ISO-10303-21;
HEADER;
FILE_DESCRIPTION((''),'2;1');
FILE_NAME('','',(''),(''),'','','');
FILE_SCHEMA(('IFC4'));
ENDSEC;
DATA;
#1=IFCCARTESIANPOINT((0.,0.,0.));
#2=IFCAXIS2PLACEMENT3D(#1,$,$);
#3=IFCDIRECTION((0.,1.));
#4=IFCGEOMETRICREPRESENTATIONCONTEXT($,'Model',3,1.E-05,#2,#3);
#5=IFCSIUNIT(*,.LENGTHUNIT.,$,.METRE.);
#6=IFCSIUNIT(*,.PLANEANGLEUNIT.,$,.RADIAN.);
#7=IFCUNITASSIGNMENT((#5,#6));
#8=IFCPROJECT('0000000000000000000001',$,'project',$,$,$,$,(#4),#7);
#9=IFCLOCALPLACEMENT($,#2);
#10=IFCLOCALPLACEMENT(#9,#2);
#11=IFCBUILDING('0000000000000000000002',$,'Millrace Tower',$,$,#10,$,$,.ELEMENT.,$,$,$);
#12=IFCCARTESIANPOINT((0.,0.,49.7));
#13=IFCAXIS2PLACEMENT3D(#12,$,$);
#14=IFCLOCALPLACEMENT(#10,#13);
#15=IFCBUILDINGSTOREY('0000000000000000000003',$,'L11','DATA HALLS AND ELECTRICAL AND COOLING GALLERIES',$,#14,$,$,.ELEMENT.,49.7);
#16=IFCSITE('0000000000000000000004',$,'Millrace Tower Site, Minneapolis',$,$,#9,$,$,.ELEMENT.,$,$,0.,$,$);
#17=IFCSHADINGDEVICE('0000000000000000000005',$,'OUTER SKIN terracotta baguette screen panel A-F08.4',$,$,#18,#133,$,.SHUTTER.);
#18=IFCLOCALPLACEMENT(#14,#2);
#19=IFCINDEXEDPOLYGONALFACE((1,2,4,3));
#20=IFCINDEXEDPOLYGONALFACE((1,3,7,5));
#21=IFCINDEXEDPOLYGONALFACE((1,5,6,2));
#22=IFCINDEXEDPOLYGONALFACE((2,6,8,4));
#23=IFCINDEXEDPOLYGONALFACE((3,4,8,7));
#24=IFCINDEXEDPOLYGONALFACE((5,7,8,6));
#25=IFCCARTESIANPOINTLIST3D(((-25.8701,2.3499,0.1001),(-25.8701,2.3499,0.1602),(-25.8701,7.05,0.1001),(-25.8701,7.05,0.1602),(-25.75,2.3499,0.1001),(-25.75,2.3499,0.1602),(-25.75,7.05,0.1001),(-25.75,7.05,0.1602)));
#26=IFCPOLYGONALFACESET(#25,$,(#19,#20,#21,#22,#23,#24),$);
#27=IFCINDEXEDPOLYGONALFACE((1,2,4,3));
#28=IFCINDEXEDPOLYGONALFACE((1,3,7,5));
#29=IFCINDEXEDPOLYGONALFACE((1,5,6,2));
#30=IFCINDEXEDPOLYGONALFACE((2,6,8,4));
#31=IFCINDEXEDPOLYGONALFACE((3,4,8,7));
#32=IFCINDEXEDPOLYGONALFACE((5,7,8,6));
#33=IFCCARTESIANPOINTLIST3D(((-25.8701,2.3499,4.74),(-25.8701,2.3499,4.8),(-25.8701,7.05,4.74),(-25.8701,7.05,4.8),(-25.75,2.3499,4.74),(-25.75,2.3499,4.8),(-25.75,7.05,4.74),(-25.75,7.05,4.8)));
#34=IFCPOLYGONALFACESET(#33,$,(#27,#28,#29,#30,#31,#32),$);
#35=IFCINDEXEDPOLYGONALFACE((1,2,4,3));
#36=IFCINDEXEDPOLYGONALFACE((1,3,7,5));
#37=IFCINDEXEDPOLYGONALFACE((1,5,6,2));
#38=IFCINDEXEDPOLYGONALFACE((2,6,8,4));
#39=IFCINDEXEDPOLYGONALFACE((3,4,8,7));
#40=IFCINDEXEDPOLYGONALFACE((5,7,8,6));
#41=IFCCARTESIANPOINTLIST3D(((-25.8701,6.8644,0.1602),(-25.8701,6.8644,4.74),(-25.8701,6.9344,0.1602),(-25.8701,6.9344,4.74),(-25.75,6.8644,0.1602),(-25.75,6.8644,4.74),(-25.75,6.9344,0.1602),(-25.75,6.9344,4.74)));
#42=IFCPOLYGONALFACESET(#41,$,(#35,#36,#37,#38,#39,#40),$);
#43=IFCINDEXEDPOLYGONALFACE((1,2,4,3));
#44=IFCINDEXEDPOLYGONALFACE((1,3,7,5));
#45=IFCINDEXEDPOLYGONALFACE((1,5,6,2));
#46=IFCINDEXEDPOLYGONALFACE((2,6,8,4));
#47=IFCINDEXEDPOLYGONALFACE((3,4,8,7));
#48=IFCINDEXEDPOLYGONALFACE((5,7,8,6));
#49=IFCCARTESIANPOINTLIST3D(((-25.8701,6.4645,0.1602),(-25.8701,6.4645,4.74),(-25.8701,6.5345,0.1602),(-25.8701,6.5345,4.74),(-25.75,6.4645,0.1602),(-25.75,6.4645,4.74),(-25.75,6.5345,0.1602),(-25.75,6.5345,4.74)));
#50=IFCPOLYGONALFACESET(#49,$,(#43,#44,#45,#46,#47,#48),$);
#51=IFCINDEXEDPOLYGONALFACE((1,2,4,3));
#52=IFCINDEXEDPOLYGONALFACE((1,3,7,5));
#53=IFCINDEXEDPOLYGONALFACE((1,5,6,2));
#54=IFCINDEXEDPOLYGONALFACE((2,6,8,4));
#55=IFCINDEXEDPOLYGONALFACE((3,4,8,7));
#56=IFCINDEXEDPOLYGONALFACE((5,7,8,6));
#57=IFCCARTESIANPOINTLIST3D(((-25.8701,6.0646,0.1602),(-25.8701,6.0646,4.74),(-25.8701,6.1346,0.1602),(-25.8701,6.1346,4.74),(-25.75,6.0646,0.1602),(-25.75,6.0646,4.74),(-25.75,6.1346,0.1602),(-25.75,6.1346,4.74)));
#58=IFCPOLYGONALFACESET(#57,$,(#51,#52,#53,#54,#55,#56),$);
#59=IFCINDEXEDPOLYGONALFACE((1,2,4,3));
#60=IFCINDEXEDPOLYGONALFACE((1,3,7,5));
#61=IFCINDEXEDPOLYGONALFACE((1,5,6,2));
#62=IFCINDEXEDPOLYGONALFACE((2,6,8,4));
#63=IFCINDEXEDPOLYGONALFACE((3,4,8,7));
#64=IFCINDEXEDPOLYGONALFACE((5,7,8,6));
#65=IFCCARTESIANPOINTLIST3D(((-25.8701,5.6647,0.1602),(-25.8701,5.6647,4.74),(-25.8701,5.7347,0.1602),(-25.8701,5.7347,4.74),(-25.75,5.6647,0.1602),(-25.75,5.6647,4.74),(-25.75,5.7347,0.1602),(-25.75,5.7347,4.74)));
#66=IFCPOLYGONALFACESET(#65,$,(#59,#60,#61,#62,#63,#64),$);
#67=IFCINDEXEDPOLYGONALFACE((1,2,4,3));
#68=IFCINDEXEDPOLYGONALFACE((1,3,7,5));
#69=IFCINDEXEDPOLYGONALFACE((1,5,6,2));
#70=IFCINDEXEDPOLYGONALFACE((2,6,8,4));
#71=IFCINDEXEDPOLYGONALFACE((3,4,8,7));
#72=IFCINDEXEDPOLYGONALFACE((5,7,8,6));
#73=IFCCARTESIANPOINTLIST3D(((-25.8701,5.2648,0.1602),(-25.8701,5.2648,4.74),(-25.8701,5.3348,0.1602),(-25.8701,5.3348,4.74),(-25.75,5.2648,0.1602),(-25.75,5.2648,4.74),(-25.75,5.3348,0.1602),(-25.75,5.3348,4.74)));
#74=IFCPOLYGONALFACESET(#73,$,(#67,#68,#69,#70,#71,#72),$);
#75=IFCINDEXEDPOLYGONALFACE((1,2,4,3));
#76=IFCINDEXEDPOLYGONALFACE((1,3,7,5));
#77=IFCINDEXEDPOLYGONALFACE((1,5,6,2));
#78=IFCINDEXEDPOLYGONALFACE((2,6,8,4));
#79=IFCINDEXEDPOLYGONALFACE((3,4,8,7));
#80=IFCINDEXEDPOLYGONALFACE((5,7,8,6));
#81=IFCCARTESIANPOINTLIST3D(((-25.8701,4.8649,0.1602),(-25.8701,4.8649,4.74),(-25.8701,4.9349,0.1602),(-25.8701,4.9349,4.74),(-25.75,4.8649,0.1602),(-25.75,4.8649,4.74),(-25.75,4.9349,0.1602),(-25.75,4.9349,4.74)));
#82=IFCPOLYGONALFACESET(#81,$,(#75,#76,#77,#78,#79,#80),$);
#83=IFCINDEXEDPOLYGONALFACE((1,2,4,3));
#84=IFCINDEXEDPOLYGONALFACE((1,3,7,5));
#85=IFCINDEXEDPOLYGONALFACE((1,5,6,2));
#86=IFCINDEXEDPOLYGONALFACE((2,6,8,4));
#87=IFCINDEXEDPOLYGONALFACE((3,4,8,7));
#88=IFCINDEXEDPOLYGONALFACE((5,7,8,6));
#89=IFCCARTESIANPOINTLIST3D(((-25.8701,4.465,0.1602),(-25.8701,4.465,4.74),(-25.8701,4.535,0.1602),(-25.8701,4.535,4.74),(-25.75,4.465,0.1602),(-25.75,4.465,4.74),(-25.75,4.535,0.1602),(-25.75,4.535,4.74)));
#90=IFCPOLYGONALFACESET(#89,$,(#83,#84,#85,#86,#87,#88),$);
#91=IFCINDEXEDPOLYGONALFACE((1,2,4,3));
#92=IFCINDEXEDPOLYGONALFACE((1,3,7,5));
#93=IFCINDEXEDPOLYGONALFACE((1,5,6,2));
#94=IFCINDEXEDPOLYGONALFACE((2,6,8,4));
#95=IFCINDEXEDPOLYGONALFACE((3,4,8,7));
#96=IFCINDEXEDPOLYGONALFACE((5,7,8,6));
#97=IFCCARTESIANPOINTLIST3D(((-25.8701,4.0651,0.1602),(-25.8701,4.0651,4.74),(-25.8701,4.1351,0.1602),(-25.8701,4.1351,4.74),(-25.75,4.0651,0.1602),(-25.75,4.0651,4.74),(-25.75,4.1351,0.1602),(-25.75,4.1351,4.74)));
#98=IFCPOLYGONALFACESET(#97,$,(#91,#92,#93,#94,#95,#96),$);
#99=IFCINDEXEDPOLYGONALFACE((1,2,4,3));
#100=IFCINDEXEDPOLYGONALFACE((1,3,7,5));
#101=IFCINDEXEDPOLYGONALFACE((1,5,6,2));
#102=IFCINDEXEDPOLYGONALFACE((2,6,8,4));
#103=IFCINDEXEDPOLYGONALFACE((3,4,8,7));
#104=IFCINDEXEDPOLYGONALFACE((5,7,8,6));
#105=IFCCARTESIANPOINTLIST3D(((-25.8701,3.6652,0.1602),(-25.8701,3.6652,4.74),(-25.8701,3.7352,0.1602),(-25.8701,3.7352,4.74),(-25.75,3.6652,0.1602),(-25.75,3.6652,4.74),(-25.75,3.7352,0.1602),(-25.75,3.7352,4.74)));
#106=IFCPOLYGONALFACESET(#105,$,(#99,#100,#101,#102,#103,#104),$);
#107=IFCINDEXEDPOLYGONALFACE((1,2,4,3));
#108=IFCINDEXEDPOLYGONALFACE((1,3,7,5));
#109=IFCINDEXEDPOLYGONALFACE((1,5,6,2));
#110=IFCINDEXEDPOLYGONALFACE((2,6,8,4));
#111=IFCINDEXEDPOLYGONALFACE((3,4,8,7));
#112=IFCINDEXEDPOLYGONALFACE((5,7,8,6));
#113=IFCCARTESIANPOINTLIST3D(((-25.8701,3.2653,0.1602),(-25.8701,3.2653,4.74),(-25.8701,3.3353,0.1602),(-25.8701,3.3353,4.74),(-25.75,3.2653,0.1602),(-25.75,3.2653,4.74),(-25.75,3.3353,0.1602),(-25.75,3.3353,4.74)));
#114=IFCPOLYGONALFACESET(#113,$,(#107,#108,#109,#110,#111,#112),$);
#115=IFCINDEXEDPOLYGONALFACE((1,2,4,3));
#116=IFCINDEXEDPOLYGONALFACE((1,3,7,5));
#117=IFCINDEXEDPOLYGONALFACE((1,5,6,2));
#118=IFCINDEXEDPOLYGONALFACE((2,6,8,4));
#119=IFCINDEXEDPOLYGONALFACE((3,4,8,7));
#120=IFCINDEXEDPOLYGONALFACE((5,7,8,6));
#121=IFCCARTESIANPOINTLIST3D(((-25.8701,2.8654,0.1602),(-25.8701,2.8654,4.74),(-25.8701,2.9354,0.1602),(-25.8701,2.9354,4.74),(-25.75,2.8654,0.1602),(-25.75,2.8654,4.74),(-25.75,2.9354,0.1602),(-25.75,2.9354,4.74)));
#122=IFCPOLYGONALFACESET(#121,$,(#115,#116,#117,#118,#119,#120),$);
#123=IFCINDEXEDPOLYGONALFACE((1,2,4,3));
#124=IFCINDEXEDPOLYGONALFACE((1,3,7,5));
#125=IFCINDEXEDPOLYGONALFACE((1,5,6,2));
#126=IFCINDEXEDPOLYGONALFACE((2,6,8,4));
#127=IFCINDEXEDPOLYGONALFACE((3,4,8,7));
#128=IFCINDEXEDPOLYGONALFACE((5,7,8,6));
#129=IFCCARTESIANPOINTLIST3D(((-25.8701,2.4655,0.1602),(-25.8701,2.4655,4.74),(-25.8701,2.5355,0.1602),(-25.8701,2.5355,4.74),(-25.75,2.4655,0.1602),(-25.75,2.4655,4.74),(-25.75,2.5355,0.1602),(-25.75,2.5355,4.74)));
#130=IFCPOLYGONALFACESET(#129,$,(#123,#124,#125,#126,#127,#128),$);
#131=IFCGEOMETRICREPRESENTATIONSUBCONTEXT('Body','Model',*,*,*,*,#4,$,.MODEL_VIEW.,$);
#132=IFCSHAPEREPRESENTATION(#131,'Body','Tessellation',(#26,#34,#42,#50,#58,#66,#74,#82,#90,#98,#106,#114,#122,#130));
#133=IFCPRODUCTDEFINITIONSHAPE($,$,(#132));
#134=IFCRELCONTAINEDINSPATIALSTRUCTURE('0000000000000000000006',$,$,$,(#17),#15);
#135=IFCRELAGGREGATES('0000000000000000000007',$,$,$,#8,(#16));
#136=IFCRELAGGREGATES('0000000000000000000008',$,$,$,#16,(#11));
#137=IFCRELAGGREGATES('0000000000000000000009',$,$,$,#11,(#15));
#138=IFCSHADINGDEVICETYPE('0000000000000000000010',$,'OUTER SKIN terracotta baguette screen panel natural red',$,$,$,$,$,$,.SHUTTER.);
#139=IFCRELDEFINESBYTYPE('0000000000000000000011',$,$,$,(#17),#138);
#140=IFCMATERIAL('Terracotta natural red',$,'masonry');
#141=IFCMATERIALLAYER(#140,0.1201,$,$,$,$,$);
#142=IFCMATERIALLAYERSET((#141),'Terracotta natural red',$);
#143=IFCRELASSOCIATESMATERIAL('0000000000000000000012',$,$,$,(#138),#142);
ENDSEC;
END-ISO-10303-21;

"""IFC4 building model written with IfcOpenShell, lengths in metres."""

from ifc_helpers import new_model, entity, si_unit, direction, frame, frame_2d, origin, place, context, subcontext, project, spatial, rectangle, extrude, source, transform, mapped, material, layer, layer_set, type_object, element, save


model = new_model("IFC4")

# Units and contexts
model_context = context("Model", 3, precision=1e-05, world=origin(), true_north=direction((0.0, 1.0)))
body_context = subcontext(model_context, "Body", "Model", "MODEL_VIEW")
ifc_project = project(units=[si_unit("LENGTHUNIT", "METRE"), si_unit("PLANEANGLEUNIT", "RADIAN")], contexts=[model_context])

# Site, building, storey
site_placement = place(None, origin())
site = spatial("IfcSite", under=ifc_project, at=site_placement, Name="Millrace Tower Site, Minneapolis", CompositionType="ELEMENT", RefElevation=0.0)
building_placement = place(site_placement, origin())
building = spatial("IfcBuilding", under=site, at=building_placement, Name="Millrace Tower", CompositionType="ELEMENT")
storey_placement = place(building_placement, frame((0.0, 0.0, 49.7)))
storey = spatial("IfcBuildingStorey", under=building, at=storey_placement, Name="L11", Description="DATA HALLS AND ELECTRICAL AND COOLING GALLERIES", CompositionType="ELEMENT", Elevation=49.7)

# Shading device
ifc_material_1 = material(Name="Terracotta natural red", Category="masonry")
ifc_layer_1 = layer(ifc_material_1, 0.1201)
ifc_layer_set_1 = layer_set([ifc_layer_1], Name="Terracotta natural red")
shading_device_type = type_object("IfcShadingDeviceType", Name="OUTER SKIN terracotta baguette screen panel natural red", PredefinedType="SHUTTER", material=ifc_layer_set_1)
cartesian_point = entity("IfcCartesianPoint", [-2.3501, 0.0601])
shared_polyline = entity("IfcPolyline", [cartesian_point, entity("IfcCartesianPoint", [2.3501, 0.0601]), entity("IfcCartesianPoint", [2.3501, -0.0601]), entity("IfcCartesianPoint", [-2.3501, -0.0601]), cartesian_point])
shared_shape = source(origin(), body_context, "Body", "SweptSolid", [
    entity("IfcExtrudedAreaSolid", entity("IfcArbitraryClosedProfileDef", "AREA", None, shared_polyline), entity("IfcAxis2Placement3D", entity("IfcCartesianPoint", [0.0, 0.0, 0.0])), entity("IfcDirection", [0.0, 0.0, 1.0]), 0.0601),
    entity("IfcExtrudedAreaSolid", entity("IfcArbitraryClosedProfileDef", "AREA", None, shared_polyline), entity("IfcAxis2Placement3D", entity("IfcCartesianPoint", [0.0, 0.0, 4.6399])), entity("IfcDirection", [0.0, 0.0, 1.0]), 0.0601),
    extrude(rectangle(XDim=0.0701, YDim=0.1201, at=frame_2d((-2.1995, 0.0))), frame((0.0, 0.0, 0.0601)), (0.0, 0.0, 1.0), 4.5798),
    extrude(rectangle(XDim=0.0701, YDim=0.1201, at=frame_2d((-1.7996, 0.0))), frame((0.0, 0.0, 0.0601)), (0.0, 0.0, 1.0), 4.5798),
    extrude(rectangle(XDim=0.0701, YDim=0.1201, at=frame_2d((-1.3997, 0.0))), frame((0.0, 0.0, 0.0601)), (0.0, 0.0, 1.0), 4.5798),
    extrude(rectangle(XDim=0.0701, YDim=0.1201, at=frame_2d((-0.9998, 0.0))), frame((0.0, 0.0, 0.0601)), (0.0, 0.0, 1.0), 4.5798),
    extrude(rectangle(XDim=0.0701, YDim=0.1201, at=frame_2d((-0.5999, 0.0))), frame((0.0, 0.0, 0.0601)), (0.0, 0.0, 1.0), 4.5798),
    extrude(rectangle(XDim=0.0701, YDim=0.1201, at=frame_2d((-0.2, 0.0))), frame((0.0, 0.0, 0.0601)), (0.0, 0.0, 1.0), 4.5798),
    extrude(rectangle(XDim=0.0701, YDim=0.1201, at=frame_2d((0.2, 0.0))), frame((0.0, 0.0, 0.0601)), (0.0, 0.0, 1.0), 4.5798),
    extrude(rectangle(XDim=0.0701, YDim=0.1201, at=frame_2d((0.5999, 0.0))), frame((0.0, 0.0, 0.0601)), (0.0, 0.0, 1.0), 4.5798),
    extrude(rectangle(XDim=0.0701, YDim=0.1201, at=frame_2d((0.9998, 0.0))), frame((0.0, 0.0, 0.0601)), (0.0, 0.0, 1.0), 4.5798),
    extrude(rectangle(XDim=0.0701, YDim=0.1201, at=frame_2d((1.3997, 0.0))), frame((0.0, 0.0, 0.0601)), (0.0, 0.0, 1.0), 4.5798),
    extrude(rectangle(XDim=0.0701, YDim=0.1201, at=frame_2d((1.7996, 0.0))), frame((0.0, 0.0, 0.0601)), (0.0, 0.0, 1.0), 4.5798),
    extrude(rectangle(XDim=0.0701, YDim=0.1201, at=frame_2d((2.1995, 0.0))), frame((0.0, 0.0, 0.0601)), (0.0, 0.0, 1.0), 4.5798),
])
for number, where, z_axis, x_axis, name in (
    (1, (-25.8101, 4.7, 0.1001), (0.0, 0.0, 1.0), (0.0, -1.0, 0.0), "OUTER SKIN terracotta baguette screen panel A-F08.4"),
):
    element("IfcShadingDevice", number, at=place(storey_placement, frame(where, z_axis=z_axis, x_axis=x_axis)), inside=storey, type_object=shading_device_type, Name=name, PredefinedType="SHUTTER", context=body_context, shape_type="MappedRepresentation", body=[
        mapped(shared_shape, transform((0.0, 0.0, 0.0), scale=1.0)),
    ])

save(model, "model.ifc")
